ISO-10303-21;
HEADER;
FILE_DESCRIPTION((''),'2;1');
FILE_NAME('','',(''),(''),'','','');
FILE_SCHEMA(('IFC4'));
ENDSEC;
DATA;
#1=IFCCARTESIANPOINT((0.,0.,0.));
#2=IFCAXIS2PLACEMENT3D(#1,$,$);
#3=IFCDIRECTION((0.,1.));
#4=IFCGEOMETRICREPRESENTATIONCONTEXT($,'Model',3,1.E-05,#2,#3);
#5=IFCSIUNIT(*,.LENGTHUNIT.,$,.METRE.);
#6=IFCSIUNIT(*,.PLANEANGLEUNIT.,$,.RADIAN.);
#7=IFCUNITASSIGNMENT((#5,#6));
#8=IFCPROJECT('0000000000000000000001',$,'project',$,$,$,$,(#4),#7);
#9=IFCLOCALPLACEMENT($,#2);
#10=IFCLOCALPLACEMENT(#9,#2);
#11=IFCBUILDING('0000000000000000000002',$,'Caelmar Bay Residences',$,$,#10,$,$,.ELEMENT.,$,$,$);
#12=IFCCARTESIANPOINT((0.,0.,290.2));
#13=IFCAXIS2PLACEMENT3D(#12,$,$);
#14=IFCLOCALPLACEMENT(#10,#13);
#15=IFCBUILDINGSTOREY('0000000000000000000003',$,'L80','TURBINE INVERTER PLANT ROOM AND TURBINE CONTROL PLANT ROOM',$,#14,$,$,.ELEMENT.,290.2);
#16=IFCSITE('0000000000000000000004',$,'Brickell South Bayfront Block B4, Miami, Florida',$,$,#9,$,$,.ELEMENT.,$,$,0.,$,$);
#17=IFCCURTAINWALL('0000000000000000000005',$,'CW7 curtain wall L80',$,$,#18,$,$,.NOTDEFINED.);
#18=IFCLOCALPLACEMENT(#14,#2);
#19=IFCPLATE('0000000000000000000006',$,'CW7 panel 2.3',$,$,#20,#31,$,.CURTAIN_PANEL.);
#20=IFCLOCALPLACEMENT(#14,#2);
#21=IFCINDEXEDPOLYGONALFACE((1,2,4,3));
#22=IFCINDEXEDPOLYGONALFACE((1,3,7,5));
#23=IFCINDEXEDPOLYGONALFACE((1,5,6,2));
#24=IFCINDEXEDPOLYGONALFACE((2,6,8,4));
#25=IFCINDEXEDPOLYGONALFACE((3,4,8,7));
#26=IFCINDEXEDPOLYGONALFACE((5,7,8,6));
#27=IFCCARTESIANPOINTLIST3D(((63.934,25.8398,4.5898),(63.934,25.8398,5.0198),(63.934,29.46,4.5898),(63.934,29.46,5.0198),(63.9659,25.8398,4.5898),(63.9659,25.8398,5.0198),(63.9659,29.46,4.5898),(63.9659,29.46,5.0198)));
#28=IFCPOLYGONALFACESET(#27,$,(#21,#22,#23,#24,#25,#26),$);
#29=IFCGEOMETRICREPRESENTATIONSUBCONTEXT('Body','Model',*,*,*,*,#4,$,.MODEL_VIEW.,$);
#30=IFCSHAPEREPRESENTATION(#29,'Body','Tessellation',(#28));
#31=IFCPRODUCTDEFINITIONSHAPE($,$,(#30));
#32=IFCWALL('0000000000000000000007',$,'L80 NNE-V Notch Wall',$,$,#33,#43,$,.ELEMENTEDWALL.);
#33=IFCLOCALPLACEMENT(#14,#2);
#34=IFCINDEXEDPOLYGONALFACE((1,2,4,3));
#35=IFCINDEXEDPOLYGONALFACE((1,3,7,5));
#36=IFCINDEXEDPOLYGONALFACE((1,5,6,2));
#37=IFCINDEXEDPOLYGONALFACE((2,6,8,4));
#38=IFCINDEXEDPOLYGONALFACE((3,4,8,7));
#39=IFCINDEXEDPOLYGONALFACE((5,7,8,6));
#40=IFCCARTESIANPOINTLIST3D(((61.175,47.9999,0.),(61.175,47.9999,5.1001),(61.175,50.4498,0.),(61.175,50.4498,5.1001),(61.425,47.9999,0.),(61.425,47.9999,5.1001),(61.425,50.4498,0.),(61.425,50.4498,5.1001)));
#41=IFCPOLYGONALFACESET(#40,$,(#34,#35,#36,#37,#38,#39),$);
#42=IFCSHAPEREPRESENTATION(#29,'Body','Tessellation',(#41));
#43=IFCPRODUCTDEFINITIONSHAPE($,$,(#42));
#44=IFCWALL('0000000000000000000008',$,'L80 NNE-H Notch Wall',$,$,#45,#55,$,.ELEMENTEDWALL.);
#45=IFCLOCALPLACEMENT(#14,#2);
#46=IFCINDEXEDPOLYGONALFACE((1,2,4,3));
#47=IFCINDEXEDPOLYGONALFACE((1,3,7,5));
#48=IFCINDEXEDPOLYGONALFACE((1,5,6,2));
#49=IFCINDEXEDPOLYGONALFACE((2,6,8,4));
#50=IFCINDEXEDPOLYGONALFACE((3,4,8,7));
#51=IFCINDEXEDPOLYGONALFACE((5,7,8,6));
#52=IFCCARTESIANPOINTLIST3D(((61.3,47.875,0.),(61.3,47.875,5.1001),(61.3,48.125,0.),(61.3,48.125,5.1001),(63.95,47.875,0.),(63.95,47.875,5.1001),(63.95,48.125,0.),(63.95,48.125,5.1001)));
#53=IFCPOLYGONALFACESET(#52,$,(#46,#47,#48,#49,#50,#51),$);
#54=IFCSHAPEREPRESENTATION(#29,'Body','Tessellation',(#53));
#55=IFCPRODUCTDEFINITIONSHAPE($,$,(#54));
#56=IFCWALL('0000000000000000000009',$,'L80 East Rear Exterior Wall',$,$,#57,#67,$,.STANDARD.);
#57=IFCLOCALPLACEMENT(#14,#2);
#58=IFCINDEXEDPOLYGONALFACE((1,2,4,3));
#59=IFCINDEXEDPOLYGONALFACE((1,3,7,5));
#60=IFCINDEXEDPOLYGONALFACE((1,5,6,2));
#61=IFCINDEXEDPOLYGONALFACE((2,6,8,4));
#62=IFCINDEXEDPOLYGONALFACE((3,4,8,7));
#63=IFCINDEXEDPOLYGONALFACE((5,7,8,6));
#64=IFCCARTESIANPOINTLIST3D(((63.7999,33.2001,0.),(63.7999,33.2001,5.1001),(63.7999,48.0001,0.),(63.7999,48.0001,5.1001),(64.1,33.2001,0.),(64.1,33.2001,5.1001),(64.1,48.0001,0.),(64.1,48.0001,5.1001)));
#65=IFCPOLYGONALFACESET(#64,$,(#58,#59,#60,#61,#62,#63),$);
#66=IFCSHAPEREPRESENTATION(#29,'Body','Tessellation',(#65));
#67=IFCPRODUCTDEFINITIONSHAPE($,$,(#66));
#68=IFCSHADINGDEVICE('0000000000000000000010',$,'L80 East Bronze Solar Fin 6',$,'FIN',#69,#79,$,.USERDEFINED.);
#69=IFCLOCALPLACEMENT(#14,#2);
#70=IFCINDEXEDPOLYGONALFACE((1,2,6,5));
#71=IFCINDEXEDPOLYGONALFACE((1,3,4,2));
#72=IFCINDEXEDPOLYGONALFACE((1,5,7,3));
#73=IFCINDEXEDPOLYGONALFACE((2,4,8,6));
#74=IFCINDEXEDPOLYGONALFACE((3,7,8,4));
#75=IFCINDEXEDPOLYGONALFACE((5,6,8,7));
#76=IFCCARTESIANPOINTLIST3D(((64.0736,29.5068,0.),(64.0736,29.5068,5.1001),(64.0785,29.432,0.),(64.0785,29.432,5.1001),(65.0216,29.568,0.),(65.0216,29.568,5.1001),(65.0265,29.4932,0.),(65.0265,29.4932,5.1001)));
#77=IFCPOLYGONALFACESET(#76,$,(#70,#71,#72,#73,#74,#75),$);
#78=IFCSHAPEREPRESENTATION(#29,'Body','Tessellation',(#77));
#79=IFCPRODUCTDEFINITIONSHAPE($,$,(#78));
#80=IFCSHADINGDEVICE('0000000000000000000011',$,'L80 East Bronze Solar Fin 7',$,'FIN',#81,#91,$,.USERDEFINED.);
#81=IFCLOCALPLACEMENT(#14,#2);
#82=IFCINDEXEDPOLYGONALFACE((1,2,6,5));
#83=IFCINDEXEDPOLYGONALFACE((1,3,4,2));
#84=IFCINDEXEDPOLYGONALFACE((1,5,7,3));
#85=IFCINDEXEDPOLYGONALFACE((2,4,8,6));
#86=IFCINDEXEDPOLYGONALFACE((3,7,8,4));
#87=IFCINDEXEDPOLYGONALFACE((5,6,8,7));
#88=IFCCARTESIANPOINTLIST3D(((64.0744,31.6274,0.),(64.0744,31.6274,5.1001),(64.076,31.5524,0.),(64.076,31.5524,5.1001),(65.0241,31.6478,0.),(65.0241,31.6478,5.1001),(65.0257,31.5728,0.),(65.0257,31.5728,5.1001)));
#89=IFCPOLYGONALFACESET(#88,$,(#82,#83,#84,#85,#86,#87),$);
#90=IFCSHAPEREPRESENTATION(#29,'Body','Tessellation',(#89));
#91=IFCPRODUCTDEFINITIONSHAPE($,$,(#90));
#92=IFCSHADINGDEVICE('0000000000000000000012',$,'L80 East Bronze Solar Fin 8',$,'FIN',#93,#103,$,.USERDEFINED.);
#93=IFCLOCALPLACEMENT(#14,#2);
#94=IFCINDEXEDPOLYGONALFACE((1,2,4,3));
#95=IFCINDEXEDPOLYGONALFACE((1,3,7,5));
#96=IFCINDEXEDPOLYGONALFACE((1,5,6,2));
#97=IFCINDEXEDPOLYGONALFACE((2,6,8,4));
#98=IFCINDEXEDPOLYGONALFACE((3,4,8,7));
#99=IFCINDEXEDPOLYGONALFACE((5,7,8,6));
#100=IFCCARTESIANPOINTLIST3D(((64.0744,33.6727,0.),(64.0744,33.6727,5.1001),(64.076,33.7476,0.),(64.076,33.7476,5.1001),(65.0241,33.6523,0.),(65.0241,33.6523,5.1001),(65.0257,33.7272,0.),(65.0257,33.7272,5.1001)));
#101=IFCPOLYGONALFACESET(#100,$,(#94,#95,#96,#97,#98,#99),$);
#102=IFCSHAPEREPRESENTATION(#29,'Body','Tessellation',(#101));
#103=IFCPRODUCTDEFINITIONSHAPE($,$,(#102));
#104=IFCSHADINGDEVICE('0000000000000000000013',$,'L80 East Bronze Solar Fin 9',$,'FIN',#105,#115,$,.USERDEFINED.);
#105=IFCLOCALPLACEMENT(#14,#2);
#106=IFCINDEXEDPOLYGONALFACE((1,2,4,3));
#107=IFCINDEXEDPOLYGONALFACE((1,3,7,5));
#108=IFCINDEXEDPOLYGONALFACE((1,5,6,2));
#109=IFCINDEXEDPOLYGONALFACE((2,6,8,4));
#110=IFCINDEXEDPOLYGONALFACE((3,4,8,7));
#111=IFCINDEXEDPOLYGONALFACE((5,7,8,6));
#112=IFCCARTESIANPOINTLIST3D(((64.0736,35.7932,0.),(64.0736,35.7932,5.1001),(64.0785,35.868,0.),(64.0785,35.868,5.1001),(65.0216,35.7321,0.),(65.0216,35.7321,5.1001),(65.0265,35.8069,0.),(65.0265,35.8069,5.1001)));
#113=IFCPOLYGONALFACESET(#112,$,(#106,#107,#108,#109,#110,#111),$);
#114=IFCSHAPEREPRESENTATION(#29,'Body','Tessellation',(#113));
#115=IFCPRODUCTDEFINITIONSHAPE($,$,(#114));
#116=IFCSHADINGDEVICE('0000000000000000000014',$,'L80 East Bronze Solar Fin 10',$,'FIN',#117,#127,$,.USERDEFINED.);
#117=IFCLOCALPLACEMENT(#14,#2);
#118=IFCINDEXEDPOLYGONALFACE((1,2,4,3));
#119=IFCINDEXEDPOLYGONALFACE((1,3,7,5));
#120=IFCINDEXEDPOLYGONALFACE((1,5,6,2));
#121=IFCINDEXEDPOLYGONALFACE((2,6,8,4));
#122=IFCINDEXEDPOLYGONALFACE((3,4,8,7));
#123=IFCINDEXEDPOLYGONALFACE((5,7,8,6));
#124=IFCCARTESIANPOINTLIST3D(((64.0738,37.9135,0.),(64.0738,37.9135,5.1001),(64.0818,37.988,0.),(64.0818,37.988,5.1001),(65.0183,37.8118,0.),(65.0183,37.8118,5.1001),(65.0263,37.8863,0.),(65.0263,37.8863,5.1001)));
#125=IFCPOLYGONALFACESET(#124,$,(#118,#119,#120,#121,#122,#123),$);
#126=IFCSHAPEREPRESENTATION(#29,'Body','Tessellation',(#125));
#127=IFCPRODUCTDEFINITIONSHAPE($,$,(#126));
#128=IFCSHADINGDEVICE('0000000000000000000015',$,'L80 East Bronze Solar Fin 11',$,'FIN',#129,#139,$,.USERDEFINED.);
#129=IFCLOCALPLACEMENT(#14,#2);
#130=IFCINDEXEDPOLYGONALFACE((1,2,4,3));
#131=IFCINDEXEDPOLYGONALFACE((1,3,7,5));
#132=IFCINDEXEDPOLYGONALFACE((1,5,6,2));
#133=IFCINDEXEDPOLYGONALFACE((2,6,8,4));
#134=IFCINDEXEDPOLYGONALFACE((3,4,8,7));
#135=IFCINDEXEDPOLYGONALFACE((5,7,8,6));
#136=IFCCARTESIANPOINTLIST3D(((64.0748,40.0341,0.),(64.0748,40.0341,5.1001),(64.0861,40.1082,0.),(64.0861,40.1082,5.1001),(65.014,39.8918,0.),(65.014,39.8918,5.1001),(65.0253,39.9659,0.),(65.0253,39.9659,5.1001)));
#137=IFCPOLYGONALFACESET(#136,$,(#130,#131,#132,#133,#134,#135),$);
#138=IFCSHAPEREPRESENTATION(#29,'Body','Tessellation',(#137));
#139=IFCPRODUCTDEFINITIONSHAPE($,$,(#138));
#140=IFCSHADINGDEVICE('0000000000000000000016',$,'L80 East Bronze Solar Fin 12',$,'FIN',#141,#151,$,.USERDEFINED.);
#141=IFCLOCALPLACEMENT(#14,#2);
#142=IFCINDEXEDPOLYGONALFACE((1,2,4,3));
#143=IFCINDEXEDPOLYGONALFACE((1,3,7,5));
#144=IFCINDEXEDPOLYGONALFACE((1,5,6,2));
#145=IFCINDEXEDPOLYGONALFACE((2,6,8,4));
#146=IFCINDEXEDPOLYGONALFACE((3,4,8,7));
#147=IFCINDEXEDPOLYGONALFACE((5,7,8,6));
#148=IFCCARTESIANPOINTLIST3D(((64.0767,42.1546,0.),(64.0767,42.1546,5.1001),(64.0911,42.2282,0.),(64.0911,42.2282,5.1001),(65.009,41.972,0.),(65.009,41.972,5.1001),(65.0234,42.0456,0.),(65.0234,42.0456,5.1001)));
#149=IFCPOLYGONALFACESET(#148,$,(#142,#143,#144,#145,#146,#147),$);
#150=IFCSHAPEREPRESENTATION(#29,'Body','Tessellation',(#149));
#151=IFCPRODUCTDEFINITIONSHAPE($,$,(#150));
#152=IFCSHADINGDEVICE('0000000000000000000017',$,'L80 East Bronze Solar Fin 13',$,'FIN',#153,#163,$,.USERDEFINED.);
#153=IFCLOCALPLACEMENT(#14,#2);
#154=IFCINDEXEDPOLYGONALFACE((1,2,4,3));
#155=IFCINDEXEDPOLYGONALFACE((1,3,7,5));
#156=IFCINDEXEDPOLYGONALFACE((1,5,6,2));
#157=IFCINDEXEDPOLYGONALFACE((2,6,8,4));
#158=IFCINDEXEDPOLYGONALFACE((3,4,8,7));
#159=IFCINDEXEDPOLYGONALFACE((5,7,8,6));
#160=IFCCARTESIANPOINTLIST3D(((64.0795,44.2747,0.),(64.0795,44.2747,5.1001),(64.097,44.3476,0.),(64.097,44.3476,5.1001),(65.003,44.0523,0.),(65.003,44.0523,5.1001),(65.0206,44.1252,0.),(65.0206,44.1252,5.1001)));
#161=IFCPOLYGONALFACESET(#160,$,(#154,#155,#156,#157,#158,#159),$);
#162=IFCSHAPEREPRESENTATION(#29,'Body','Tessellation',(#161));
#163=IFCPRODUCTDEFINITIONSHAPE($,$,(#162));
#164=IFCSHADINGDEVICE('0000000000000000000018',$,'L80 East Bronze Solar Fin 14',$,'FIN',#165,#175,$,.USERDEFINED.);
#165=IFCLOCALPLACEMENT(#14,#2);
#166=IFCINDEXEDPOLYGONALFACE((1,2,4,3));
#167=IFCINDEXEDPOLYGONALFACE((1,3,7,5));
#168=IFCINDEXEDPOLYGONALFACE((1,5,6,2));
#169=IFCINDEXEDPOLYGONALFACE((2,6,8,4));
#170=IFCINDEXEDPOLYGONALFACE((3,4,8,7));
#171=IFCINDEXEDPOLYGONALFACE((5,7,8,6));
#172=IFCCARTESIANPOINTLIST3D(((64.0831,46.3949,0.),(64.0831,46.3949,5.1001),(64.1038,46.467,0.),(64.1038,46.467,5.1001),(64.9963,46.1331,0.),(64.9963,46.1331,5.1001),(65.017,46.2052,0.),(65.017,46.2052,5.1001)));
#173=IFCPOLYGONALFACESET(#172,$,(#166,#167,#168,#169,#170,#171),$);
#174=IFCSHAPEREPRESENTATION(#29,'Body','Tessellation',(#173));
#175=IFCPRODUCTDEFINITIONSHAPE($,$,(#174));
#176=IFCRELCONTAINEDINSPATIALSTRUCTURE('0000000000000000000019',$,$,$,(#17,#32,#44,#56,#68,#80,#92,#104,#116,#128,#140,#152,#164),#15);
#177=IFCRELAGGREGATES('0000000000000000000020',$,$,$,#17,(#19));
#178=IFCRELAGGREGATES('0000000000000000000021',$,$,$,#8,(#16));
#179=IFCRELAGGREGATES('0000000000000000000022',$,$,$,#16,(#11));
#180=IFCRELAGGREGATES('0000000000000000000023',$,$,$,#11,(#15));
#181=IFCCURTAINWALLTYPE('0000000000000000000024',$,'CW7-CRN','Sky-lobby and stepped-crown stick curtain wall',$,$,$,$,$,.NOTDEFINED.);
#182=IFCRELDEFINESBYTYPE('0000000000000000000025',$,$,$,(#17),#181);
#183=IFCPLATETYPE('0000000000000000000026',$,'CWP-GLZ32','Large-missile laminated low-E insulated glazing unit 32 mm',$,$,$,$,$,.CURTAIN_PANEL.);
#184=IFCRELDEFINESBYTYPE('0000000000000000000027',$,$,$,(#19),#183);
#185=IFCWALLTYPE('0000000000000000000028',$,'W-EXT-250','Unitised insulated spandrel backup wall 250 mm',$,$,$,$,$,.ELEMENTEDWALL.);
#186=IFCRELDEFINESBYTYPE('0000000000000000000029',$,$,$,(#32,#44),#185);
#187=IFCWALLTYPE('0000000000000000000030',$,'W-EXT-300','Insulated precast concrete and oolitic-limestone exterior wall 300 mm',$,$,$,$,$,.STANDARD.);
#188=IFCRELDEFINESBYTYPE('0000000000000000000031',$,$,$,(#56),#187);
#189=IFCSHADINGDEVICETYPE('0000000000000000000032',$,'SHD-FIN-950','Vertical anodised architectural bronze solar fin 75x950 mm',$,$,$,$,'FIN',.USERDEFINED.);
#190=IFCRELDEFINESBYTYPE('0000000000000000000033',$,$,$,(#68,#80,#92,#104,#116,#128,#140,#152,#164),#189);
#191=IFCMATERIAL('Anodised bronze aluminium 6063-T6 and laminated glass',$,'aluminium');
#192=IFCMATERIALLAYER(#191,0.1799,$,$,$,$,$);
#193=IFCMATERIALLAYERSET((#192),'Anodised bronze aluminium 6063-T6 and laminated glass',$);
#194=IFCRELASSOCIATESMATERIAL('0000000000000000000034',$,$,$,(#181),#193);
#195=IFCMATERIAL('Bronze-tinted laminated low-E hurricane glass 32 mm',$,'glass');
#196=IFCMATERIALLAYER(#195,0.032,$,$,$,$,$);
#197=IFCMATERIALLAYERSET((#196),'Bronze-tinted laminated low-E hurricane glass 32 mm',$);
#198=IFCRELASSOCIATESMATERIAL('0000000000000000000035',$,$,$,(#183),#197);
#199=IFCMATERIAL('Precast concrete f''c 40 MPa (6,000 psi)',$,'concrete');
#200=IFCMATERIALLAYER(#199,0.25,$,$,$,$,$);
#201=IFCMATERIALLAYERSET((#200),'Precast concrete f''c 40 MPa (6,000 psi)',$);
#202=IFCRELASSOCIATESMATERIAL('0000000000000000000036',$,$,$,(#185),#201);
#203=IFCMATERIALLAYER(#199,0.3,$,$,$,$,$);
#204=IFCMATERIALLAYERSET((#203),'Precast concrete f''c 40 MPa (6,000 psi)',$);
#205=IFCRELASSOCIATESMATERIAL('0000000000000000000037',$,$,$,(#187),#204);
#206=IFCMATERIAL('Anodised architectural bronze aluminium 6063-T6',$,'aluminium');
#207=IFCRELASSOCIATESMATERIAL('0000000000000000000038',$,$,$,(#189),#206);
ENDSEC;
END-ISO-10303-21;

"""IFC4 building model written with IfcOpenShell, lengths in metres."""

from ifc_helpers import new_model, si_unit, direction, frame, frame_2d, origin, origin_2d, place, context, subcontext, project, spatial, rectangle, extrude, material, layer, layer_set, material_profile, profile_set, type_object, element, aggregate, save


model = new_model("IFC4")

# Units and contexts
model_context = context("Model", 3, precision=1e-05, world=origin(), true_north=direction((0.0, 1.0)))
body_context = subcontext(model_context, "Body", "Model", "MODEL_VIEW")
ifc_project = project(units=[si_unit("LENGTHUNIT", "METRE"), si_unit("PLANEANGLEUNIT", "RADIAN")], contexts=[model_context])

# Site, building, storey
site_placement = place(None, origin())
site = spatial("IfcSite", under=ifc_project, at=site_placement, Name="Brickell South Bayfront Block B4, Miami, Florida", CompositionType="ELEMENT", RefElevation=0.0)
building_placement = place(site_placement, origin())
building = spatial("IfcBuilding", under=site, at=building_placement, Name="Caelmar Bay Residences", CompositionType="ELEMENT")
storey_placement = place(building_placement, frame((0.0, 0.0, 290.2)))
storey = spatial("IfcBuildingStorey", under=building, at=storey_placement, Name="L80", Description="TURBINE INVERTER PLANT ROOM AND TURBINE CONTROL PLANT ROOM", CompositionType="ELEMENT", Elevation=290.2)

# Curtain wall, plate
ifc_material_1 = material(Name="Anodised bronze aluminium 6063-T6 and laminated glass", Category="aluminium")
ifc_layer_1 = layer(ifc_material_1, 0.1799)
ifc_layer_set_1 = layer_set([ifc_layer_1], Name="Anodised bronze aluminium 6063-T6 and laminated glass")
curtain_wall_type = type_object("IfcCurtainWallType", Name="CW7-CRN", Description="Sky-lobby and stepped-crown stick curtain wall", PredefinedType="NOTDEFINED", material=ifc_layer_set_1)
curtain_wall_placement = place(storey_placement, origin())
curtain_wall = element("IfcCurtainWall", 1, at=curtain_wall_placement, inside=storey, type_object=curtain_wall_type, Name="CW7 curtain wall L80", PredefinedType="NOTDEFINED")
ifc_material_2 = material(Name="Bronze-tinted laminated low-E hurricane glass 32 mm", Category="glass")
ifc_layer_2 = layer(ifc_material_2, 0.032)
ifc_layer_set_2 = layer_set([ifc_layer_2], Name="Bronze-tinted laminated low-E hurricane glass 32 mm")
plate_type = type_object("IfcPlateType", Name="CWP-GLZ32", Description="Large-missile laminated low-E insulated glazing unit 32 mm", PredefinedType="CURTAIN_PANEL", material=ifc_layer_set_2)
plate_1_placement = place(storey_placement, frame((63.95, 27.6499, 4.5898), z_axis=(0.0, 0.0, 1.0), x_axis=(0.0, -1.0, 0.0)))
plate_1 = element("IfcPlate", 2, at=plate_1_placement, type_object=plate_type, Name="CW7 panel 2.3", PredefinedType="CURTAIN_PANEL", context=body_context, shape_type="SweptSolid", body=[
    extrude(rectangle(XDim=3.6201, YDim=0.032, at=origin_2d()), origin(), (0.0, 0.0, 1.0), 0.4299),
])
aggregate(curtain_wall, [plate_1])

# Walls
ifc_material_3 = material(Name="Precast concrete f'c 40 MPa (6,000 psi)", Category="concrete")
ifc_layer_3 = layer(ifc_material_3, 0.25)
ifc_layer_set_3 = layer_set([ifc_layer_3], Name="Precast concrete f'c 40 MPa (6,000 psi)")
wall_type_1 = type_object("IfcWallType", Name="W-EXT-250", Description="Unitised insulated spandrel backup wall 250 mm", PredefinedType="ELEMENTEDWALL", material=ifc_layer_set_3)
wall_1_placement = place(storey_placement, frame((61.3, 50.45, 0.0), z_axis=(0.0, 0.0, 1.0), x_axis=(0.0, -1.0, 0.0)))
element("IfcWall", 3, at=wall_1_placement, inside=storey, type_object=wall_type_1, Name="L80 NNE-V Notch Wall", PredefinedType="ELEMENTEDWALL", context=body_context, shape_type="SweptSolid", body=[
    extrude(rectangle(XDim=2.45, YDim=0.25, at=frame_2d((1.2251, 0.0))), origin(), (0.0, 0.0, 1.0), 5.1001),
])
wall_2_placement = place(storey_placement, frame((61.3, 48.0, 0.0), z_axis=(0.0, 0.0, 1.0), x_axis=(1.0, 0.0, 0.0)))
element("IfcWall", 4, at=wall_2_placement, inside=storey, type_object=wall_type_1, Name="L80 NNE-H Notch Wall", PredefinedType="ELEMENTEDWALL", context=body_context, shape_type="SweptSolid", body=[
    extrude(rectangle(XDim=2.6499, YDim=0.25, at=frame_2d((1.325, 0.0))), origin(), (0.0, 0.0, 1.0), 5.1001),
])
ifc_layer_4 = layer(ifc_material_3, 0.3)
ifc_layer_set_4 = layer_set([ifc_layer_4], Name="Precast concrete f'c 40 MPa (6,000 psi)")
wall_type_2 = type_object("IfcWallType", Name="W-EXT-300", Description="Insulated precast concrete and oolitic-limestone exterior wall 300 mm", PredefinedType="STANDARD", material=ifc_layer_set_4)
wall_3_placement = place(storey_placement, frame((63.95, 48.0, 0.0), z_axis=(0.0, 0.0, 1.0), x_axis=(0.0, -1.0, 0.0)))
element("IfcWall", 5, at=wall_3_placement, inside=storey, type_object=wall_type_2, Name="L80 East Rear Exterior Wall", PredefinedType="STANDARD", context=body_context, shape_type="SweptSolid", body=[
    extrude(rectangle(XDim=14.8, YDim=0.3, at=frame_2d((7.3999, 0.0))), origin(), (0.0, 0.0, 1.0), 5.1001),
])

# Shading devices
ifc_material_4 = material(Name="Anodised architectural bronze aluminium 6063-T6", Category="aluminium")
ifc_material_profile_1 = material_profile(ifc_material_4, rectangle(XDim=0.075, YDim=0.95, at=origin_2d()), Name="BRONZE-FIN-75X950")
ifc_profile_set_1 = profile_set([ifc_material_profile_1], Name="Anodised architectural bronze aluminium 6063-T6")
shading_device_type = type_object("IfcShadingDeviceType", Name="SHD-FIN-950", Description="Vertical anodised architectural bronze solar fin 75x950 mm", ElementType="FIN", PredefinedType="USERDEFINED", material=ifc_profile_set_1)
for number, where, z_axis, x_axis, name in (
    (6, (64.55, 29.5, 0.0), (0.0, 0.0, 1.0), (-0.064358, 0.997927, 0.0), "L80 East Bronze Solar Fin 6"),
    (7, (64.55, 31.6001, 0.0), (0.0, 0.0, 1.0), (-0.021466, 0.99977, 0.0), "L80 East Bronze Solar Fin 7"),
    (8, (64.55, 33.7, 0.0), (0.0, 0.0, 1.0), (0.021466, 0.99977, 0.0), "L80 East Bronze Solar Fin 8"),
    (9, (64.55, 35.8, 0.0), (0.0, 0.0, 1.0), (0.064358, 0.997927, 0.0), "L80 East Bronze Solar Fin 9"),
    (10, (64.55, 37.8999, 0.0), (0.0, 0.0, 1.0), (0.107132, 0.994245, 0.0), "L80 East Bronze Solar Fin 10"),
    (11, (64.55, 40.0, 0.0), (0.0, 0.0, 1.0), (0.14988, 0.988704, 0.0), "L80 East Bronze Solar Fin 11"),
    (12, (64.55, 42.1001, 0.0), (0.0, 0.0, 1.0), (0.192179, 0.98136, 0.0), "L80 East Bronze Solar Fin 12"),
    (13, (64.55, 44.2, 0.0), (0.0, 0.0, 1.0), (0.234124, 0.972207, 0.0), "L80 East Bronze Solar Fin 13"),
    (14, (64.55, 46.3, 0.0), (0.0, 0.0, 1.0), (0.275637, 0.961262, 0.0), "L80 East Bronze Solar Fin 14"),
):
    element("IfcShadingDevice", number, at=place(storey_placement, frame(where, z_axis=z_axis, x_axis=x_axis)), inside=storey, type_object=shading_device_type, Name=name, ObjectType="FIN", PredefinedType="USERDEFINED", context=body_context, shape_type="SweptSolid", body=[
        extrude(rectangle(XDim=0.075, YDim=0.95, at=origin_2d()), origin(), (0.0, 0.0, 1.0), 5.1001),
    ])

save(model, "model.ifc")
